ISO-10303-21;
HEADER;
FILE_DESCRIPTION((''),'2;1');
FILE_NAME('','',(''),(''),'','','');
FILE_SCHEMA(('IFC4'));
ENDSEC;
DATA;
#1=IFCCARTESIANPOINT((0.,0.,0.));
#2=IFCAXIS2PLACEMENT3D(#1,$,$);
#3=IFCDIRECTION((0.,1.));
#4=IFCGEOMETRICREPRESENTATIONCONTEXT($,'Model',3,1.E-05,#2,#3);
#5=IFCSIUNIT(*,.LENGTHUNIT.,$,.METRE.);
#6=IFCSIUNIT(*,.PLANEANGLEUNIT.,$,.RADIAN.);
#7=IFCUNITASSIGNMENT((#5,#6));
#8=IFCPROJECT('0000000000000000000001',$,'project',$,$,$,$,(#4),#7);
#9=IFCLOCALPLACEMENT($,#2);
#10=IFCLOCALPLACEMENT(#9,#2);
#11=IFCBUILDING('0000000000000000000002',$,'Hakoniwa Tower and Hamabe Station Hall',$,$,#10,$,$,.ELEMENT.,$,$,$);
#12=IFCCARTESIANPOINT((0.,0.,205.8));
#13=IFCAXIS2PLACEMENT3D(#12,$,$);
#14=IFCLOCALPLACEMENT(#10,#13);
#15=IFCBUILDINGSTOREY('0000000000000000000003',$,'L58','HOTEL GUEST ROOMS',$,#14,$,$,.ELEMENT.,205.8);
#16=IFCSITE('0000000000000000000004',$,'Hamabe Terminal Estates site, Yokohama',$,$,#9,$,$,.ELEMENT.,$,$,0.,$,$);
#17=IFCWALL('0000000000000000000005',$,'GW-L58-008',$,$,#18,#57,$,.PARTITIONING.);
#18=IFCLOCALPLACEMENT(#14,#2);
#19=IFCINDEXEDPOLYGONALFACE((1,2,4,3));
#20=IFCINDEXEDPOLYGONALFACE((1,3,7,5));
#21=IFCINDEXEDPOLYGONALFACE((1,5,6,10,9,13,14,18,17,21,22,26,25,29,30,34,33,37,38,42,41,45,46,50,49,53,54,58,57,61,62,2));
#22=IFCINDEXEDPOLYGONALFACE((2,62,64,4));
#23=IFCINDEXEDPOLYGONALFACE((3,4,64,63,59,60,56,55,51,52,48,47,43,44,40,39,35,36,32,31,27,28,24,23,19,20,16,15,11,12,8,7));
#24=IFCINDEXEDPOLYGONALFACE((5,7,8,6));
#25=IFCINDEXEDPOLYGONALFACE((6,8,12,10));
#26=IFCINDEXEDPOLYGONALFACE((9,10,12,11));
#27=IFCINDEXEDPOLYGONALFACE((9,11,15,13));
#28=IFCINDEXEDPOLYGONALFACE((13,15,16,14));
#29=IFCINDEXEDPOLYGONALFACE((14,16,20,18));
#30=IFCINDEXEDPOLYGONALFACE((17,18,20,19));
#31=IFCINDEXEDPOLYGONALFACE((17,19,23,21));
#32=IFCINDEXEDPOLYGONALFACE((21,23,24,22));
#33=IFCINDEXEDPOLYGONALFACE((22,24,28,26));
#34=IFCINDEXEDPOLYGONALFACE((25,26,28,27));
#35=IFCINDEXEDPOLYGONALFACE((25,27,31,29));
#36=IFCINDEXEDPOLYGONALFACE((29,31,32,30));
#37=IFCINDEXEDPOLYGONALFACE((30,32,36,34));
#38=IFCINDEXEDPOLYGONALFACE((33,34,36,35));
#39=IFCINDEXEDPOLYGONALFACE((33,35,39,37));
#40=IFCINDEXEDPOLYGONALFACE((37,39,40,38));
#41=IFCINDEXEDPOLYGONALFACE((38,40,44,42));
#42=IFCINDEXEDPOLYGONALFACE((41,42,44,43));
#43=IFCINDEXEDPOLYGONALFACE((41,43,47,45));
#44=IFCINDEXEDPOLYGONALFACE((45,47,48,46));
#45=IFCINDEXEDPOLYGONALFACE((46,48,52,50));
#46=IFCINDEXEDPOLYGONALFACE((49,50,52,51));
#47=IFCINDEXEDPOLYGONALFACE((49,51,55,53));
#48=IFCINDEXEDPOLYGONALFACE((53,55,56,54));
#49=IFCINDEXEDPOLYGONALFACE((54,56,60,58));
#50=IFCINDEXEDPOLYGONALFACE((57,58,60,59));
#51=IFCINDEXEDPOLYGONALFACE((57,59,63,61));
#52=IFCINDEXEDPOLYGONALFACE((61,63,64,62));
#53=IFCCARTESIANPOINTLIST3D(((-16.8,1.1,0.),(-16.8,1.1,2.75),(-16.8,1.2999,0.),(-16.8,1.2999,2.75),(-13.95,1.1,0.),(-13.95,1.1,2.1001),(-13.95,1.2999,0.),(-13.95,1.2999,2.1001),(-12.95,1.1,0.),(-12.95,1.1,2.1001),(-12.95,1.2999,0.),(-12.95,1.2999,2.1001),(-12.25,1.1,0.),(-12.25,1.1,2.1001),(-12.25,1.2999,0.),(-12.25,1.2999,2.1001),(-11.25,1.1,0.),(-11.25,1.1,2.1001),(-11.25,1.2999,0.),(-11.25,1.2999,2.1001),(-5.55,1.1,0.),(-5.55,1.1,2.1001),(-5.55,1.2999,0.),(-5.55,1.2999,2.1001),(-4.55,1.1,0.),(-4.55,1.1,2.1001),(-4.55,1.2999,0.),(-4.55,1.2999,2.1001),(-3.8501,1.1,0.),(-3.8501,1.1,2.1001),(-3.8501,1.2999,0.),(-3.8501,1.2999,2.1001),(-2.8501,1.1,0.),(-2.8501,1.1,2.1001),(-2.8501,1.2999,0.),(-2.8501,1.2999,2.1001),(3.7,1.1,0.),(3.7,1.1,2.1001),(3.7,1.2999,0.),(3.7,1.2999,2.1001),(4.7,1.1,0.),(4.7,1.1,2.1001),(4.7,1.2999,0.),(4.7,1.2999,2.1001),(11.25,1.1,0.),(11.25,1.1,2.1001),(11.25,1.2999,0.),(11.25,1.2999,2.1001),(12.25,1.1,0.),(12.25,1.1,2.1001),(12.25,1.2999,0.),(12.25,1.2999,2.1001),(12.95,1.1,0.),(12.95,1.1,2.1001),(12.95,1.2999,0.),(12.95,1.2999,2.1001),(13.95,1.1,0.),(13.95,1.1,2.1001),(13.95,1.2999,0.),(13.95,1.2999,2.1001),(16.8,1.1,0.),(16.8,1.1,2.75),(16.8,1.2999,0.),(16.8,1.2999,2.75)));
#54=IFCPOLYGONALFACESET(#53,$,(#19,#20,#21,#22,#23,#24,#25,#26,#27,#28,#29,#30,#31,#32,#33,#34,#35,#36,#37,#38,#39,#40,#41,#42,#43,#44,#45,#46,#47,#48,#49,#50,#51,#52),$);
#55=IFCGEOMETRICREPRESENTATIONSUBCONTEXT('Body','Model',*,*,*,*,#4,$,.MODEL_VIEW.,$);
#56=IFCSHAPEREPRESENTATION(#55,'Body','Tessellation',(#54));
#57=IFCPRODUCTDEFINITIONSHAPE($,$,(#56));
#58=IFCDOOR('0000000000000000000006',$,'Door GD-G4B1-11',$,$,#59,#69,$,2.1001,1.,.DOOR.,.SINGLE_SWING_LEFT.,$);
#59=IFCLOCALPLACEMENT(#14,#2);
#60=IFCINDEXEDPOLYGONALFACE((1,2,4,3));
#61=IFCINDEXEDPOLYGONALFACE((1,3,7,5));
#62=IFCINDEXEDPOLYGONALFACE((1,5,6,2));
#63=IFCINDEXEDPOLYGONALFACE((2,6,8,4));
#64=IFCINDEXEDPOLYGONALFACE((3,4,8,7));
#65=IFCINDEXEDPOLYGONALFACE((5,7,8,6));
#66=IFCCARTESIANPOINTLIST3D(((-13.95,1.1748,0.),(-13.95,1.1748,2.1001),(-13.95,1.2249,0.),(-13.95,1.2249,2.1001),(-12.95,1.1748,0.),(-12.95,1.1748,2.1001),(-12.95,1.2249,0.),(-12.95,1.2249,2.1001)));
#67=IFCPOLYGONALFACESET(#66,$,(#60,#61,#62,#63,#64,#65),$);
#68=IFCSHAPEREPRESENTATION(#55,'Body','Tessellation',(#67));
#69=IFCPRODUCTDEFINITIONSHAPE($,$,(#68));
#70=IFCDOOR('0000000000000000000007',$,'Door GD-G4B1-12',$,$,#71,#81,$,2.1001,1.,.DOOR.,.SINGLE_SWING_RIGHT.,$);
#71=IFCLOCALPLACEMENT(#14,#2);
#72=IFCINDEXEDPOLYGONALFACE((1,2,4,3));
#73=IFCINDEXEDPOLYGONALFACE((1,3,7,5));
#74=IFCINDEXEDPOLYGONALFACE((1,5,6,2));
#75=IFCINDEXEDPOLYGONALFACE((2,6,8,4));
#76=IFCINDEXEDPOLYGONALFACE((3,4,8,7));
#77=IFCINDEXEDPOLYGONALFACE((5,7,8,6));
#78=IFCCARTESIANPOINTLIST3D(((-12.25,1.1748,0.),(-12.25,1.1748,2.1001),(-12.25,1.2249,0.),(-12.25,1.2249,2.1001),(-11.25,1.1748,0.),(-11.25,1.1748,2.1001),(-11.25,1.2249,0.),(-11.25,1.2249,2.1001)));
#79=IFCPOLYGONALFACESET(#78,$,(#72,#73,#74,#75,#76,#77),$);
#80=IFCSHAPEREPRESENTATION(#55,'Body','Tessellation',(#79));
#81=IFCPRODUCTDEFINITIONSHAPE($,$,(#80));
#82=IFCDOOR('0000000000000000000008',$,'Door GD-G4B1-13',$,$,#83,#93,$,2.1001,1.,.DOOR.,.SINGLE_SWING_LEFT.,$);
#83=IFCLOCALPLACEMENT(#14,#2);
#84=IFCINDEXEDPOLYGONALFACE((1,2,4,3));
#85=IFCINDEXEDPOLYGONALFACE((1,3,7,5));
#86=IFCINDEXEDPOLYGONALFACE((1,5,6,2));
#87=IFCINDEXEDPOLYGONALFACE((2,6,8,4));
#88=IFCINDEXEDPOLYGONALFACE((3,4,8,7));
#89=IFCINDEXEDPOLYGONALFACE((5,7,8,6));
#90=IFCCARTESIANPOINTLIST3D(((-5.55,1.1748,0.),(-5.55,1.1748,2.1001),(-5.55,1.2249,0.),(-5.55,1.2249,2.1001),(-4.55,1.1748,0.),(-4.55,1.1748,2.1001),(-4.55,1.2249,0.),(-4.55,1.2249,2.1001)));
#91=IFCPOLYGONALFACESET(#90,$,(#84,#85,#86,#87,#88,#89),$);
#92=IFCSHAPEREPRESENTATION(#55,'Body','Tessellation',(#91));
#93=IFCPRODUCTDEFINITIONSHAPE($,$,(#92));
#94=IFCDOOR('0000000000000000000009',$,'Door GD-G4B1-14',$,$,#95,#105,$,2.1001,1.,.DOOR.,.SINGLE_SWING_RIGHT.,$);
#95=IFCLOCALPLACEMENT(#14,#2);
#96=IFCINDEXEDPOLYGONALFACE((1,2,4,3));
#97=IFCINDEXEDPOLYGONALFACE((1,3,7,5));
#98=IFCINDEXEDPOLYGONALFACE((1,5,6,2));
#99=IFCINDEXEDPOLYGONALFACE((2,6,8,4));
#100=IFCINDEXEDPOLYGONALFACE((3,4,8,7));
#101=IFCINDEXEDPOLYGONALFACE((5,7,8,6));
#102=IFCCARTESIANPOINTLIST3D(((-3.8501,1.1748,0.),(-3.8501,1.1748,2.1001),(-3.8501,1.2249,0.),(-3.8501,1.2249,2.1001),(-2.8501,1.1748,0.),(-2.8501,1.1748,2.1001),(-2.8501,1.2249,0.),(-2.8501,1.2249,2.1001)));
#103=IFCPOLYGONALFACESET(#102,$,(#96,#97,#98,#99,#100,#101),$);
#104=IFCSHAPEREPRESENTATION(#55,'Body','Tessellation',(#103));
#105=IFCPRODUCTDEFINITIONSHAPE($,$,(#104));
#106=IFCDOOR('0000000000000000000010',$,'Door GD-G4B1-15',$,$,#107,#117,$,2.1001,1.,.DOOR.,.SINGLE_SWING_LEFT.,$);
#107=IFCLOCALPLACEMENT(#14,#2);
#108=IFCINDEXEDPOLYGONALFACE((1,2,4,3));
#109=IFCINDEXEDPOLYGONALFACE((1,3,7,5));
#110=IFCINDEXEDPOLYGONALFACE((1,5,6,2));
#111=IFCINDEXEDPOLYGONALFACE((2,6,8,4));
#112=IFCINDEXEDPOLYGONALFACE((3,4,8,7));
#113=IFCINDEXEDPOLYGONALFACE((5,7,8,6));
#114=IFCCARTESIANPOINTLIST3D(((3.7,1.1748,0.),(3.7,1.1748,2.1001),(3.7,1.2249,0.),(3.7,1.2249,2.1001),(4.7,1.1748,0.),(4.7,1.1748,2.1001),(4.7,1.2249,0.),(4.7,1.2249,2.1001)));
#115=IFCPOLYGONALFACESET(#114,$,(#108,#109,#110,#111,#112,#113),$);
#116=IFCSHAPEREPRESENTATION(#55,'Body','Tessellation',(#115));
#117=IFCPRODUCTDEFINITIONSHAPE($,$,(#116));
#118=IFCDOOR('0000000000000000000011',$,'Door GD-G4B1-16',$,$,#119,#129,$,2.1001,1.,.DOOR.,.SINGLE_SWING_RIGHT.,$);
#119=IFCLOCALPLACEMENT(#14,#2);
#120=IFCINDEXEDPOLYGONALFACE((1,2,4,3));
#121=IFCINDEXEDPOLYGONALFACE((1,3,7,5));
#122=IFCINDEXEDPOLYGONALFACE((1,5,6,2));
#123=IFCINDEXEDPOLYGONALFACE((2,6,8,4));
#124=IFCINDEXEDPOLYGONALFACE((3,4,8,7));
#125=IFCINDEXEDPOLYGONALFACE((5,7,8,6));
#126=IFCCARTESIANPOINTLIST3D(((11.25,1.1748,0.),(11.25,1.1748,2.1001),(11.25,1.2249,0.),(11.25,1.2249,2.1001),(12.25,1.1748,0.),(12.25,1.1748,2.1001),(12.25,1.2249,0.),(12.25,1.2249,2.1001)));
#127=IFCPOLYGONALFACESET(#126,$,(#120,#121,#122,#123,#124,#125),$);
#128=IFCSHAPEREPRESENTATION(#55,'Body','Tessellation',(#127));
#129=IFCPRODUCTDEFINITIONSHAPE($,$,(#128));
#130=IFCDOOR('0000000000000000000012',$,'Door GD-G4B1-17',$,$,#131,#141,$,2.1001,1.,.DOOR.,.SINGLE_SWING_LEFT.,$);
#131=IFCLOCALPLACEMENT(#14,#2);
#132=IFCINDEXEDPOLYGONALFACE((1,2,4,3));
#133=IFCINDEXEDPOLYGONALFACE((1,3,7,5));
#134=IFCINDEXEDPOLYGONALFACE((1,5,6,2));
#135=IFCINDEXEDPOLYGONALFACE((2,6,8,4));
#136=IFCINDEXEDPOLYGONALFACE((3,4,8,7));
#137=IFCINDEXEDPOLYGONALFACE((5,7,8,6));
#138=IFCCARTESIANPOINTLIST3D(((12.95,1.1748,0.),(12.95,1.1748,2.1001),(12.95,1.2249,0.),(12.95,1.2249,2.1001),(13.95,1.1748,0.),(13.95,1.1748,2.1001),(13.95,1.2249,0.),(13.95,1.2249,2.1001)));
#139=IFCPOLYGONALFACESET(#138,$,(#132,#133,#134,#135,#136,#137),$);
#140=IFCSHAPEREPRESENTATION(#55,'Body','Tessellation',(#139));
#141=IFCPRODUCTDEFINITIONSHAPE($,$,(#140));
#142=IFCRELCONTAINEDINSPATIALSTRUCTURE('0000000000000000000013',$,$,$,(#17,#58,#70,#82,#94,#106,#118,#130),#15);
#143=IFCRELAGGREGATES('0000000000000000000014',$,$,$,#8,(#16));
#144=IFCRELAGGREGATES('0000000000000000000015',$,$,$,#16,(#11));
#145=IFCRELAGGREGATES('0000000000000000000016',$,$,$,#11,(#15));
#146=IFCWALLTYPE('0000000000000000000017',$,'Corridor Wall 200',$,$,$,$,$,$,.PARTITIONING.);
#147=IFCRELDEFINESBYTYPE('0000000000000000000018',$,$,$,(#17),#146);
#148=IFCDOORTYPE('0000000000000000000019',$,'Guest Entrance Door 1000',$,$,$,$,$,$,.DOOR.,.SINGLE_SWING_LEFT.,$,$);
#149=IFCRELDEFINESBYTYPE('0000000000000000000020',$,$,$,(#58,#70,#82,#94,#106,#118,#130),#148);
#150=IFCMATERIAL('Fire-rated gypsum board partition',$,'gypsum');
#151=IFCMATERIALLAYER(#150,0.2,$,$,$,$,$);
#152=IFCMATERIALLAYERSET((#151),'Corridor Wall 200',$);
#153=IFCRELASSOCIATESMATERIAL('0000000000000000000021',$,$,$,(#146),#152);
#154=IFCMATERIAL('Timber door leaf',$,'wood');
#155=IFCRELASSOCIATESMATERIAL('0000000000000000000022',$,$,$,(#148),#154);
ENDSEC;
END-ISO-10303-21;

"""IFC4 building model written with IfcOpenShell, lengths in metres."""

from ifc_helpers import new_model, si_unit, direction, frame, frame_2d, origin, place, context, subcontext, project, spatial, rectangle, extrude, material, layer, layer_set, type_object, element, fill, save


model = new_model("IFC4")

# Units and contexts
model_context = context("Model", 3, precision=1e-05, world=origin(), true_north=direction((0.0, 1.0)))
body_context = subcontext(model_context, "Body", "Model", "MODEL_VIEW")
ifc_project = project(units=[si_unit("LENGTHUNIT", "METRE"), si_unit("PLANEANGLEUNIT", "RADIAN")], contexts=[model_context])

# Site, building, storey
site_placement = place(None, origin())
site = spatial("IfcSite", under=ifc_project, at=site_placement, Name="Hamabe Terminal Estates site, Yokohama", CompositionType="ELEMENT", RefElevation=0.0)
building_placement = place(site_placement, origin())
building = spatial("IfcBuilding", under=site, at=building_placement, Name="Hakoniwa Tower and Hamabe Station Hall", CompositionType="ELEMENT")
storey_placement = place(building_placement, frame((0.0, 0.0, 205.8)))
storey = spatial("IfcBuildingStorey", under=building, at=storey_placement, Name="L58", Description="HOTEL GUEST ROOMS", CompositionType="ELEMENT", Elevation=205.8)

# Wall, openings, doors
ifc_material_1 = material(Name="Fire-rated gypsum board partition", Category="gypsum")
ifc_layer_1 = layer(ifc_material_1, 0.2)
ifc_layer_set_1 = layer_set([ifc_layer_1], Name="Corridor Wall 200")
wall_type_1 = type_object("IfcWallType", Name="Corridor Wall 200", PredefinedType="PARTITIONING", material=ifc_layer_set_1)
wall_1_placement = place(storey_placement, frame((-16.8, 1.2, 0.0), z_axis=(0.0, 0.0, 1.0), x_axis=(1.0, 0.0, 0.0)))
wall_1 = element("IfcWall", 1, at=wall_1_placement, inside=storey, type_object=wall_type_1, Name="GW-L58-008", PredefinedType="PARTITIONING", context=body_context, shape_type="SweptSolid", body=[
    extrude(rectangle(XDim=33.6001, YDim=0.2, at=frame_2d((16.8, 0.0))), origin(), (0.0, 0.0, 1.0), 2.75),
])
opening_1_placement = place(wall_1_placement, frame((2.8501, 0.0, 0.0)))
opening_1 = element("IfcOpeningElement", 2, at=opening_1_placement, cuts=wall_1, PredefinedType="OPENING", context=body_context, shape_type="SweptSolid", body=[
    extrude(rectangle(XDim=1.0, YDim=2.1001, at=frame_2d((0.5, 1.05))), frame((0.0, 0.1099, 0.0), z_axis=(0.0, -1.0, 0.0), x_axis=(1.0, 0.0, 0.0)), (0.0, 0.0, 1.0), 0.22),
])
opening_2_placement = place(wall_1_placement, frame((4.55, 0.0, 0.0)))
opening_2 = element("IfcOpeningElement", 3, at=opening_2_placement, cuts=wall_1, PredefinedType="OPENING", context=body_context, shape_type="SweptSolid", body=[
    extrude(rectangle(XDim=1.0, YDim=2.1001, at=frame_2d((0.5, 1.05))), frame((0.0, 0.1099, 0.0), z_axis=(0.0, -1.0, 0.0), x_axis=(1.0, 0.0, 0.0)), (0.0, 0.0, 1.0), 0.22),
])
opening_3_placement = place(wall_1_placement, frame((11.25, 0.0, 0.0)))
opening_3 = element("IfcOpeningElement", 4, at=opening_3_placement, cuts=wall_1, PredefinedType="OPENING", context=body_context, shape_type="SweptSolid", body=[
    extrude(rectangle(XDim=1.0, YDim=2.1001, at=frame_2d((0.5, 1.05))), frame((0.0, 0.1099, 0.0), z_axis=(0.0, -1.0, 0.0), x_axis=(1.0, 0.0, 0.0)), (0.0, 0.0, 1.0), 0.22),
])
opening_4_placement = place(wall_1_placement, frame((12.95, 0.0, 0.0)))
opening_4 = element("IfcOpeningElement", 5, at=opening_4_placement, cuts=wall_1, PredefinedType="OPENING", context=body_context, shape_type="SweptSolid", body=[
    extrude(rectangle(XDim=1.0, YDim=2.1001, at=frame_2d((0.5, 1.05))), frame((0.0, 0.1099, 0.0), z_axis=(0.0, -1.0, 0.0), x_axis=(1.0, 0.0, 0.0)), (0.0, 0.0, 1.0), 0.22),
])
opening_5_placement = place(wall_1_placement, frame((20.5, 0.0, 0.0)))
opening_5 = element("IfcOpeningElement", 6, at=opening_5_placement, cuts=wall_1, PredefinedType="OPENING", context=body_context, shape_type="SweptSolid", body=[
    extrude(rectangle(XDim=1.0, YDim=2.1001, at=frame_2d((0.5, 1.05))), frame((0.0, 0.1099, 0.0), z_axis=(0.0, -1.0, 0.0), x_axis=(1.0, 0.0, 0.0)), (0.0, 0.0, 1.0), 0.22),
])
opening_6_placement = place(wall_1_placement, frame((28.05, 0.0, 0.0)))
opening_6 = element("IfcOpeningElement", 7, at=opening_6_placement, cuts=wall_1, PredefinedType="OPENING", context=body_context, shape_type="SweptSolid", body=[
    extrude(rectangle(XDim=1.0, YDim=2.1001, at=frame_2d((0.5, 1.05))), frame((0.0, 0.1099, 0.0), z_axis=(0.0, -1.0, 0.0), x_axis=(1.0, 0.0, 0.0)), (0.0, 0.0, 1.0), 0.22),
])
opening_7_placement = place(wall_1_placement, frame((29.75, 0.0, 0.0)))
opening_7 = element("IfcOpeningElement", 8, at=opening_7_placement, cuts=wall_1, PredefinedType="OPENING", context=body_context, shape_type="SweptSolid", body=[
    extrude(rectangle(XDim=1.0, YDim=2.1001, at=frame_2d((0.5, 1.05))), frame((0.0, 0.1099, 0.0), z_axis=(0.0, -1.0, 0.0), x_axis=(1.0, 0.0, 0.0)), (0.0, 0.0, 1.0), 0.22),
])
ifc_material_2 = material(Name="Timber door leaf", Category="wood")
door_type_1 = type_object("IfcDoorType", Name="Guest Entrance Door 1000", OperationType="SINGLE_SWING_LEFT", PredefinedType="DOOR", material=ifc_material_2)
door_1_placement = place(opening_1_placement, origin())
door_1 = element("IfcDoor", 9, at=door_1_placement, inside=storey, type_object=door_type_1, Name="Door GD-G4B1-11", OperationType="SINGLE_SWING_LEFT", OverallHeight=2.1001, OverallWidth=1.0, PredefinedType="DOOR", context=body_context, shape_type="SweptSolid", body=[
    extrude(rectangle(XDim=1.0, YDim=2.1001, at=frame_2d((0.5, 1.05))), frame((0.0, 0.0249, 0.0), z_axis=(0.0, -1.0, 0.0), x_axis=(1.0, 0.0, 0.0)), (0.0, 0.0, 1.0), 0.05),
])
fill(opening_1, door_1)
door_2_placement = place(opening_2_placement, origin())
door_2 = element("IfcDoor", 10, at=door_2_placement, inside=storey, type_object=door_type_1, Name="Door GD-G4B1-12", OperationType="SINGLE_SWING_RIGHT", OverallHeight=2.1001, OverallWidth=1.0, PredefinedType="DOOR", context=body_context, shape_type="SweptSolid", body=[
    extrude(rectangle(XDim=1.0, YDim=2.1001, at=frame_2d((0.5, 1.05))), frame((0.0, 0.0249, 0.0), z_axis=(0.0, -1.0, 0.0), x_axis=(1.0, 0.0, 0.0)), (0.0, 0.0, 1.0), 0.05),
])
fill(opening_2, door_2)
door_3_placement = place(opening_3_placement, origin())
door_3 = element("IfcDoor", 11, at=door_3_placement, inside=storey, type_object=door_type_1, Name="Door GD-G4B1-13", OperationType="SINGLE_SWING_LEFT", OverallHeight=2.1001, OverallWidth=1.0, PredefinedType="DOOR", context=body_context, shape_type="SweptSolid", body=[
    extrude(rectangle(XDim=1.0, YDim=2.1001, at=frame_2d((0.5, 1.05))), frame((0.0, 0.0249, 0.0), z_axis=(0.0, -1.0, 0.0), x_axis=(1.0, 0.0, 0.0)), (0.0, 0.0, 1.0), 0.05),
])
fill(opening_3, door_3)
door_4_placement = place(opening_4_placement, origin())
door_4 = element("IfcDoor", 12, at=door_4_placement, inside=storey, type_object=door_type_1, Name="Door GD-G4B1-14", OperationType="SINGLE_SWING_RIGHT", OverallHeight=2.1001, OverallWidth=1.0, PredefinedType="DOOR", context=body_context, shape_type="SweptSolid", body=[
    extrude(rectangle(XDim=1.0, YDim=2.1001, at=frame_2d((0.5, 1.05))), frame((0.0, 0.0249, 0.0), z_axis=(0.0, -1.0, 0.0), x_axis=(1.0, 0.0, 0.0)), (0.0, 0.0, 1.0), 0.05),
])
fill(opening_4, door_4)
door_5_placement = place(opening_5_placement, origin())
door_5 = element("IfcDoor", 13, at=door_5_placement, inside=storey, type_object=door_type_1, Name="Door GD-G4B1-15", OperationType="SINGLE_SWING_LEFT", OverallHeight=2.1001, OverallWidth=1.0, PredefinedType="DOOR", context=body_context, shape_type="SweptSolid", body=[
    extrude(rectangle(XDim=1.0, YDim=2.1001, at=frame_2d((0.5, 1.05))), frame((0.0, 0.0249, 0.0), z_axis=(0.0, -1.0, 0.0), x_axis=(1.0, 0.0, 0.0)), (0.0, 0.0, 1.0), 0.05),
])
fill(opening_5, door_5)
door_6_placement = place(opening_6_placement, origin())
door_6 = element("IfcDoor", 14, at=door_6_placement, inside=storey, type_object=door_type_1, Name="Door GD-G4B1-16", OperationType="SINGLE_SWING_RIGHT", OverallHeight=2.1001, OverallWidth=1.0, PredefinedType="DOOR", context=body_context, shape_type="SweptSolid", body=[
    extrude(rectangle(XDim=1.0, YDim=2.1001, at=frame_2d((0.5, 1.05))), frame((0.0, 0.0249, 0.0), z_axis=(0.0, -1.0, 0.0), x_axis=(1.0, 0.0, 0.0)), (0.0, 0.0, 1.0), 0.05),
])
fill(opening_6, door_6)
door_7_placement = place(opening_7_placement, origin())
door_7 = element("IfcDoor", 15, at=door_7_placement, inside=storey, type_object=door_type_1, Name="Door GD-G4B1-17", OperationType="SINGLE_SWING_LEFT", OverallHeight=2.1001, OverallWidth=1.0, PredefinedType="DOOR", context=body_context, shape_type="SweptSolid", body=[
    extrude(rectangle(XDim=1.0, YDim=2.1001, at=frame_2d((0.5, 1.05))), frame((0.0, 0.0249, 0.0), z_axis=(0.0, -1.0, 0.0), x_axis=(1.0, 0.0, 0.0)), (0.0, 0.0, 1.0), 0.05),
])
fill(opening_7, door_7)

save(model, "model.ifc")
